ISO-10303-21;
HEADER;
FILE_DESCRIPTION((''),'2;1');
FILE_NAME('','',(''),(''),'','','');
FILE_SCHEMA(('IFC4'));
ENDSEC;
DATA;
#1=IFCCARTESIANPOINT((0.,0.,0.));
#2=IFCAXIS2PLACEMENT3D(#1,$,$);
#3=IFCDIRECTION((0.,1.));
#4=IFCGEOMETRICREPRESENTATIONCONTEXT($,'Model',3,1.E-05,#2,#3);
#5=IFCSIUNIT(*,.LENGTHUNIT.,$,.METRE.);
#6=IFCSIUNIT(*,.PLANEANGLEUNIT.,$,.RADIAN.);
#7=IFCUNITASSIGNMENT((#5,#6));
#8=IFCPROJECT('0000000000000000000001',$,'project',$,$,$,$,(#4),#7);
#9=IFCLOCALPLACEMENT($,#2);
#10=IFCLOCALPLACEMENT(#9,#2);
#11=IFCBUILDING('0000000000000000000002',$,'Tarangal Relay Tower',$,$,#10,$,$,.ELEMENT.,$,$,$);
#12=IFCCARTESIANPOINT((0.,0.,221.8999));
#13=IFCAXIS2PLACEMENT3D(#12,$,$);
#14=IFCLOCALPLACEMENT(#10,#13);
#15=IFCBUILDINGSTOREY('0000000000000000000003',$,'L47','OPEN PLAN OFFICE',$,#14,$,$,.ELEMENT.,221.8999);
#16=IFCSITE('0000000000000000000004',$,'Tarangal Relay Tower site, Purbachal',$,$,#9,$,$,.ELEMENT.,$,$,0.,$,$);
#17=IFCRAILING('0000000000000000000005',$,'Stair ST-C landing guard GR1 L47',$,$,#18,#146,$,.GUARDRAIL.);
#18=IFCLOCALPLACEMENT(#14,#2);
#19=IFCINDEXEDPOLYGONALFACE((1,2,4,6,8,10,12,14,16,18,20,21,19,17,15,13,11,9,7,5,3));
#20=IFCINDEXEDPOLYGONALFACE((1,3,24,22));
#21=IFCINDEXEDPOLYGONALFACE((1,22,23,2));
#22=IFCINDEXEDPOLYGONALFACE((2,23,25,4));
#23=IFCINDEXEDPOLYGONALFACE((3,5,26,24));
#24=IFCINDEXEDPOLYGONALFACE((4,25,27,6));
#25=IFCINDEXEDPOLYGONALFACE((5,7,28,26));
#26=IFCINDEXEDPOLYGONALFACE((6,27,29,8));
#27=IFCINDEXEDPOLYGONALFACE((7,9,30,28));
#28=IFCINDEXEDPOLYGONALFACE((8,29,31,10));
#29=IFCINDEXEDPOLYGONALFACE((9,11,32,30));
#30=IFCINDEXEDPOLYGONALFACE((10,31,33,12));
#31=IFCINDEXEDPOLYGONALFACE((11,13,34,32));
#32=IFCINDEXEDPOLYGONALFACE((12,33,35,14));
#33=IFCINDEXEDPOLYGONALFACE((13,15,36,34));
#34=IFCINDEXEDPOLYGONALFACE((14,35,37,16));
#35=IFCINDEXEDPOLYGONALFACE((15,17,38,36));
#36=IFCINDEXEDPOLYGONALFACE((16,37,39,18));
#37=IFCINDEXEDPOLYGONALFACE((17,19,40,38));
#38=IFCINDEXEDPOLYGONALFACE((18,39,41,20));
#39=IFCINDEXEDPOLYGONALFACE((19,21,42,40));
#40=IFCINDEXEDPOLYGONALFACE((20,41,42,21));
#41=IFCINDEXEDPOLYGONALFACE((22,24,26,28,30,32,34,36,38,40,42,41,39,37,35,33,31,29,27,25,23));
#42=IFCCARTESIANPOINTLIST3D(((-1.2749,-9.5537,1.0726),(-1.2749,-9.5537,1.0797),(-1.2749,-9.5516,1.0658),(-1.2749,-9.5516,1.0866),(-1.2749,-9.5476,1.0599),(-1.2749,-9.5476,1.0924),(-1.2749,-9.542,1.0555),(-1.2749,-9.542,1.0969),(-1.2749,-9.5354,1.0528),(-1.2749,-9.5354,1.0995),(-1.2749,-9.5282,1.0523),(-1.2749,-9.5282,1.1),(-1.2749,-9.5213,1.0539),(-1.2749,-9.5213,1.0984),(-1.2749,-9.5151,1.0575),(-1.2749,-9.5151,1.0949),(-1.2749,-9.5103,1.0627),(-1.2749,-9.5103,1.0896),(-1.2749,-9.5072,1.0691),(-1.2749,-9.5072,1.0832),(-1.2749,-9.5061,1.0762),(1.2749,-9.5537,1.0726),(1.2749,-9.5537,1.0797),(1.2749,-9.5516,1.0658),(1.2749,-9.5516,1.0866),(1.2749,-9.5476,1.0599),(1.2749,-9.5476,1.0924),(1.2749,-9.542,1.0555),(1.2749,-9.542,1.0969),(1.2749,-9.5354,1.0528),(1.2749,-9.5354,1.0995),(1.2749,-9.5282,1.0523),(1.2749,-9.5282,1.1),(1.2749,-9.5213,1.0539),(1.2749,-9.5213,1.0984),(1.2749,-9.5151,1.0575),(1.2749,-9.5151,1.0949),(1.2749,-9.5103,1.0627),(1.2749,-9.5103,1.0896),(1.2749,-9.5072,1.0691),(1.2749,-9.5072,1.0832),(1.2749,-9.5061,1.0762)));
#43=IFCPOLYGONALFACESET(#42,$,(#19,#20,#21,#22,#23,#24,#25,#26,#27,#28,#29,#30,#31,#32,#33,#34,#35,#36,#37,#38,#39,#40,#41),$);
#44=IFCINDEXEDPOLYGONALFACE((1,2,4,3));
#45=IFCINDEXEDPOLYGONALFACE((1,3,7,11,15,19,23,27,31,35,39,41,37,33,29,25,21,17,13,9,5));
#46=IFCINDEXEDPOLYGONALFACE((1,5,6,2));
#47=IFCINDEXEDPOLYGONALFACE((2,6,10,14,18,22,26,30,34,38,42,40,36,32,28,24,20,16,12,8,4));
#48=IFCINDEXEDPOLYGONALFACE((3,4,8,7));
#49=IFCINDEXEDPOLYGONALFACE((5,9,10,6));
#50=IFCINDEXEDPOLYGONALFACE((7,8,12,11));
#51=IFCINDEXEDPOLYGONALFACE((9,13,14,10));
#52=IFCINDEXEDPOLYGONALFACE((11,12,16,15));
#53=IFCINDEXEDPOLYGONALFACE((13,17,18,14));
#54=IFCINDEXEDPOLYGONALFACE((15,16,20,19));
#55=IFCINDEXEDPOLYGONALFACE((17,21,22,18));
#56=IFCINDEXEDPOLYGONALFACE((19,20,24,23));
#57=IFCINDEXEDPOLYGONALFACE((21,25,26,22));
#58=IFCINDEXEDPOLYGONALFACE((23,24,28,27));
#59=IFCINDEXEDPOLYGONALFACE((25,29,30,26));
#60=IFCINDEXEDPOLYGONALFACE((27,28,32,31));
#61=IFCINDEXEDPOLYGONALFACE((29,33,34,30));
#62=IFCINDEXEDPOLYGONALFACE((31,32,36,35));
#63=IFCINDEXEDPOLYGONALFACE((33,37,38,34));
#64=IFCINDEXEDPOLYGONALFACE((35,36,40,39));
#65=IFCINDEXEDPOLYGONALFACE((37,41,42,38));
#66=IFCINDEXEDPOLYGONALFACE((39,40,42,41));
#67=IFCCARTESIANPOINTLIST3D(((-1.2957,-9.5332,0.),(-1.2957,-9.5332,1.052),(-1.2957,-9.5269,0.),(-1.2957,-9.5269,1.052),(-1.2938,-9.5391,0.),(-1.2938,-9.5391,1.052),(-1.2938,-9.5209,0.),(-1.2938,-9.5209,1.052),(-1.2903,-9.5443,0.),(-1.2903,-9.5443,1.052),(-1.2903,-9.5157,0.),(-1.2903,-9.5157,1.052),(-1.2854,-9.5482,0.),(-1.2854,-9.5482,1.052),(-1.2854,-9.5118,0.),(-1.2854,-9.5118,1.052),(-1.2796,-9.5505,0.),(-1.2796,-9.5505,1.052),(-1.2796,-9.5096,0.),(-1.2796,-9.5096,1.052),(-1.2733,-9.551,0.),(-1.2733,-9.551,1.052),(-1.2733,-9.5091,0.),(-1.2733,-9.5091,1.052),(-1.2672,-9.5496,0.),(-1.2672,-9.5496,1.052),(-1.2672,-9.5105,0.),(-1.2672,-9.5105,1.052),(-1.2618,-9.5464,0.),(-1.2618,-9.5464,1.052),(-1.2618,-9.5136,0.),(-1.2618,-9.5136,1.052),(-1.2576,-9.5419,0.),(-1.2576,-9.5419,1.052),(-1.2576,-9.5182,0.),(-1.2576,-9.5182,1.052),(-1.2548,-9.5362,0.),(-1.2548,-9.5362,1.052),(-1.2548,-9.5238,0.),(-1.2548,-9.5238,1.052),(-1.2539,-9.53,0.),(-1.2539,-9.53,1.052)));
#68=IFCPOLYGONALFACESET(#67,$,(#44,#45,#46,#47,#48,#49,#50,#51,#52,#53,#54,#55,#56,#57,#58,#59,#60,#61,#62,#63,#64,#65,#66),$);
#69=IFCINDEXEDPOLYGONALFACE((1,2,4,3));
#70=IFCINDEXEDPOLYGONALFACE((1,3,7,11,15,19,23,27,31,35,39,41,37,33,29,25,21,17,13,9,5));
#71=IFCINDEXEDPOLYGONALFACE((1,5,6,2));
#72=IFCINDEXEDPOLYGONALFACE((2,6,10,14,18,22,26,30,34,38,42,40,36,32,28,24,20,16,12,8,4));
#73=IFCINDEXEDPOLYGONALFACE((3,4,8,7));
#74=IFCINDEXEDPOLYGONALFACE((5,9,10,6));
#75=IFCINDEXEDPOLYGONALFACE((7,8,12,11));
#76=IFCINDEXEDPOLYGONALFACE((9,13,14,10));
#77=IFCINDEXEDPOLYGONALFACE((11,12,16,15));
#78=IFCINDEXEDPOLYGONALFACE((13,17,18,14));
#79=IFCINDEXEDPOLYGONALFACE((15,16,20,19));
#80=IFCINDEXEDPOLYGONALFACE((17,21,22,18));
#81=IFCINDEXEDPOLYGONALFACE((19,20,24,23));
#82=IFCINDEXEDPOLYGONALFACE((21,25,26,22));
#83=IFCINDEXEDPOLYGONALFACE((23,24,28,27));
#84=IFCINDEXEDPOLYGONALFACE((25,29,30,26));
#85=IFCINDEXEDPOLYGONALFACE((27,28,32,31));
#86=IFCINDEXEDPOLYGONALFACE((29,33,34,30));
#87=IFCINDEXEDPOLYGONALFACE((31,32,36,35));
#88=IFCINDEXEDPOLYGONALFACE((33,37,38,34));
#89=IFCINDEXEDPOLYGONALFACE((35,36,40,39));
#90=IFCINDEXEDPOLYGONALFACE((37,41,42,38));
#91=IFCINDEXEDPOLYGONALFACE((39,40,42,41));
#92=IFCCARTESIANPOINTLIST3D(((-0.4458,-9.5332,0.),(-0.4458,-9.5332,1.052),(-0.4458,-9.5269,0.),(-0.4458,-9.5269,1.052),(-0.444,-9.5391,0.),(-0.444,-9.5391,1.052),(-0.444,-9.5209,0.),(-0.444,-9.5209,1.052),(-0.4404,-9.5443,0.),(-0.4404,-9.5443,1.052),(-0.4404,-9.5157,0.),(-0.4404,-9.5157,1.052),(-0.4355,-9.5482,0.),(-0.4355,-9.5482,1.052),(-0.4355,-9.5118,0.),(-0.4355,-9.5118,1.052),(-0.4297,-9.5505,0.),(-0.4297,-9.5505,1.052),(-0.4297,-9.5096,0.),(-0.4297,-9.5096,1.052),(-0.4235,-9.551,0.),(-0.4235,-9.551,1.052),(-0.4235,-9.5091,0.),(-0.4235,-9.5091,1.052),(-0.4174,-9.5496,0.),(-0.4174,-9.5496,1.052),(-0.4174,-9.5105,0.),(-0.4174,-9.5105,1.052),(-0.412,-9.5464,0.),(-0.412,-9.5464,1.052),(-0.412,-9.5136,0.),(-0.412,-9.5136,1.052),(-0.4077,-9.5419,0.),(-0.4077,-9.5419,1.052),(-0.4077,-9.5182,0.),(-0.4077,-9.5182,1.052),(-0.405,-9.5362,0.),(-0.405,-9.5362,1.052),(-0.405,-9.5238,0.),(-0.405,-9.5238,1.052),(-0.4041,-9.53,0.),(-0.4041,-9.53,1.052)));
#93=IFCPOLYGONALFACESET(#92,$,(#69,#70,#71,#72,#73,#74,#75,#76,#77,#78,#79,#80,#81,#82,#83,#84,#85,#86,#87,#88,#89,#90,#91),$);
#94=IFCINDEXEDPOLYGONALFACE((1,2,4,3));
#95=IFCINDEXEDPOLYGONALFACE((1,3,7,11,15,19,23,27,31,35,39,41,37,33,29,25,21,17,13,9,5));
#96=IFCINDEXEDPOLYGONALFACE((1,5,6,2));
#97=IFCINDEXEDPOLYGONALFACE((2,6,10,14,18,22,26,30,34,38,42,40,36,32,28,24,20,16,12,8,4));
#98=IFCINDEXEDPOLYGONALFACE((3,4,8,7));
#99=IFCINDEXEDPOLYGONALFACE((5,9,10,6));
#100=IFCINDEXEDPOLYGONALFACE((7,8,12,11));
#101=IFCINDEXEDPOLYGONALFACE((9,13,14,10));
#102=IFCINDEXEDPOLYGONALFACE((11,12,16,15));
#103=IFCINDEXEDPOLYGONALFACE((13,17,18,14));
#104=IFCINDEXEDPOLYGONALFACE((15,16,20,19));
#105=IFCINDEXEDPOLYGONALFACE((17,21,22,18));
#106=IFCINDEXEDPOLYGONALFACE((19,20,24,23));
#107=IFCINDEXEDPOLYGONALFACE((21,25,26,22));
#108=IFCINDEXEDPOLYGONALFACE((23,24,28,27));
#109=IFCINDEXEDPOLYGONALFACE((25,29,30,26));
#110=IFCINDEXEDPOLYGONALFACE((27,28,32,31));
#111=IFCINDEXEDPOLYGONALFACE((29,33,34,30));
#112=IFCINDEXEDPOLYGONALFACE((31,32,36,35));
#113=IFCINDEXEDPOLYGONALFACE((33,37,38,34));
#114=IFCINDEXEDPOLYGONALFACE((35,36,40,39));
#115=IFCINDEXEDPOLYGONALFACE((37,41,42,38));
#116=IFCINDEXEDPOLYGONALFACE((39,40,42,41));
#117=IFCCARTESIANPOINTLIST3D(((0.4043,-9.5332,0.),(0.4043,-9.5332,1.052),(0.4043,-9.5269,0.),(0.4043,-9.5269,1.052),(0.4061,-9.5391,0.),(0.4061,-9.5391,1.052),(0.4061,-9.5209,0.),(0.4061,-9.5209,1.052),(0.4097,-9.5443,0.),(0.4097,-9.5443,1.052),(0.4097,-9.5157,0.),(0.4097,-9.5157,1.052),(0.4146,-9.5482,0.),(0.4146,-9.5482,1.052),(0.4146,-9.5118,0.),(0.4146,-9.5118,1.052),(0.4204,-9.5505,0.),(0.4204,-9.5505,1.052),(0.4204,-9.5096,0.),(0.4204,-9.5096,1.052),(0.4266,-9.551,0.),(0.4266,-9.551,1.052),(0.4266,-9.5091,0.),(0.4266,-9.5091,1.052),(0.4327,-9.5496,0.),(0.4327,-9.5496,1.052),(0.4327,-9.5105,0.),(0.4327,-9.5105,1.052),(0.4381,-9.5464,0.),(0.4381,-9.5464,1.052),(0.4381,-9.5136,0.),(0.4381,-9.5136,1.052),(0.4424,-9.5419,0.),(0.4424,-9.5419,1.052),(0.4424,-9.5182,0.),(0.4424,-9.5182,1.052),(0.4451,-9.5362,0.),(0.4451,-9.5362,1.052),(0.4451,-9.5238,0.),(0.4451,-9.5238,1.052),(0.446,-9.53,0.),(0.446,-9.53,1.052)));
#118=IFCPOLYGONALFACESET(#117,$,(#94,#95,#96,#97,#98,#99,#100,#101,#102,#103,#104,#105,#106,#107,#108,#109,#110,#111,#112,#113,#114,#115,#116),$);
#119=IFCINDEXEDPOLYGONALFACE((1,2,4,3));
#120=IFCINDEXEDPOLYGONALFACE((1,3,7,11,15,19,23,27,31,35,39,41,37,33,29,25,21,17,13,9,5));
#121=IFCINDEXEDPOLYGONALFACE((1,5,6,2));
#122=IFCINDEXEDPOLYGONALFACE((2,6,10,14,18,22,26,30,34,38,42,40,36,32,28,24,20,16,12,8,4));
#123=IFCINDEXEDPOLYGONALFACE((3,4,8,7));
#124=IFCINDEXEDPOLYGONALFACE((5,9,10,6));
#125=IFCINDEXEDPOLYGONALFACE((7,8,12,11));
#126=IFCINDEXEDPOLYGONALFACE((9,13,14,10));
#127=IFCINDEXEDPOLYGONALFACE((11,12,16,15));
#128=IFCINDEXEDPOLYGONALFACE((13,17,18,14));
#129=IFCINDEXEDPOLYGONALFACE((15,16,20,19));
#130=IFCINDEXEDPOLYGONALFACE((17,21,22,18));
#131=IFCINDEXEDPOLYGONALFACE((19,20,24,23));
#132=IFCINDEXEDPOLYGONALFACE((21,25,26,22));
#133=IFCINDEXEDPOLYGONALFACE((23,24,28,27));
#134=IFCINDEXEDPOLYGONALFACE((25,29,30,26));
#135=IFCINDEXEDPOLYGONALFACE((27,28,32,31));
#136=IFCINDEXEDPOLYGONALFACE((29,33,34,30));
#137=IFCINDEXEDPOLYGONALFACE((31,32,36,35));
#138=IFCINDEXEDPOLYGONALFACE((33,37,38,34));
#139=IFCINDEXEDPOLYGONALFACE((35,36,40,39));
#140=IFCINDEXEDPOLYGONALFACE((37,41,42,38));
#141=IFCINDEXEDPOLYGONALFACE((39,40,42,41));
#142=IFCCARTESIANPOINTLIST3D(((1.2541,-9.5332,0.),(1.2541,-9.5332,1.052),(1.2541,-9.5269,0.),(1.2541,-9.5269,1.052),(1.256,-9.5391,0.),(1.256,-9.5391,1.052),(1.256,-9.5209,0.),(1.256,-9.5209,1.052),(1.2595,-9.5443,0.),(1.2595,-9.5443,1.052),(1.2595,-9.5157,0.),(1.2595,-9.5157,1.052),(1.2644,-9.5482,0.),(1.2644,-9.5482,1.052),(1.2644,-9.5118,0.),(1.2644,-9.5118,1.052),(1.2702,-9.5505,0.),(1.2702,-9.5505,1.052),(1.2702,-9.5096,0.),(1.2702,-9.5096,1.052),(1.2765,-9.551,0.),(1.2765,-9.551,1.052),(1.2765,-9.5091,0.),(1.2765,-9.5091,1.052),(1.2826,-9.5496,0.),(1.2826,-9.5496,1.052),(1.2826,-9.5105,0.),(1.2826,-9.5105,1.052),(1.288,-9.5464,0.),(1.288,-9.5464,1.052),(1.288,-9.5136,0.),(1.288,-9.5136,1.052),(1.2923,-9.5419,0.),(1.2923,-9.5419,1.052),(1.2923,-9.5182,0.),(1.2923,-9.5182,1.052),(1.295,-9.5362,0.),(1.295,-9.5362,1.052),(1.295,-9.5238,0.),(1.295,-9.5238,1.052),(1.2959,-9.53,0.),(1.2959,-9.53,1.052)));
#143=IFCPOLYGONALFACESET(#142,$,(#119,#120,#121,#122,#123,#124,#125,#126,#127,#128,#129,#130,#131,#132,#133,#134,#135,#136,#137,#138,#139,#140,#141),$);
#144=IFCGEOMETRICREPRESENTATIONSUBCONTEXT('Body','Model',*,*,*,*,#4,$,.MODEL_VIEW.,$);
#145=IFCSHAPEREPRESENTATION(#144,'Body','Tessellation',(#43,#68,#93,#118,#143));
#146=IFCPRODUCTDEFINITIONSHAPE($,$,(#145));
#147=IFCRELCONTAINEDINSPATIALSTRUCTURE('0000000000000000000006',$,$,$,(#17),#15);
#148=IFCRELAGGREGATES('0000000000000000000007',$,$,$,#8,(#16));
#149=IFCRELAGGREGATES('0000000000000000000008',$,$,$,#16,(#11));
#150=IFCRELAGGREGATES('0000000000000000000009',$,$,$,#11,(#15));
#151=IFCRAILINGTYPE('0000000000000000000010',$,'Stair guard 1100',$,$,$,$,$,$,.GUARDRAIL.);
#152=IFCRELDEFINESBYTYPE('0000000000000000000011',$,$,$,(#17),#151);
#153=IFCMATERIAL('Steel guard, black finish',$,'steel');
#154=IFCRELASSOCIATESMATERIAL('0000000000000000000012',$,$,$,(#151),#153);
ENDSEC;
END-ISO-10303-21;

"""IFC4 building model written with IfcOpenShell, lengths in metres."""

from ifc_helpers import new_model, si_unit, direction, frame, origin, origin_2d, place, context, subcontext, project, spatial, circle, extrude, material, type_object, element, save


model = new_model("IFC4")

# Units and contexts
model_context = context("Model", 3, precision=1e-05, world=origin(), true_north=direction((0.0, 1.0)))
body_context = subcontext(model_context, "Body", "Model", "MODEL_VIEW")
ifc_project = project(units=[si_unit("LENGTHUNIT", "METRE"), si_unit("PLANEANGLEUNIT", "RADIAN")], contexts=[model_context])

# Site, building, storey
site_placement = place(None, origin())
site = spatial("IfcSite", under=ifc_project, at=site_placement, Name="Tarangal Relay Tower site, Purbachal", CompositionType="ELEMENT", RefElevation=0.0)
building_placement = place(site_placement, origin())
building = spatial("IfcBuilding", under=site, at=building_placement, Name="Tarangal Relay Tower", CompositionType="ELEMENT")
storey_placement = place(building_placement, frame((0.0, 0.0, 221.8999)))
storey = spatial("IfcBuildingStorey", under=building, at=storey_placement, Name="L47", Description="OPEN PLAN OFFICE", CompositionType="ELEMENT", Elevation=221.8999)

# Railing
ifc_material_1 = material(Name="Steel guard, black finish", Category="steel")
railing_type_1 = type_object("IfcRailingType", Name="Stair guard 1100", PredefinedType="GUARDRAIL", material=ifc_material_1)
for number, where, name in (
    (1, (-1.2749, -9.53, 0.0), "Stair ST-C landing guard GR1 L47"),
):
    element("IfcRailing", number, at=place(storey_placement, frame(where)), inside=storey, type_object=railing_type_1, Name=name, PredefinedType="GUARDRAIL", context=body_context, shape_type="SweptSolid", body=[
        extrude(circle(Radius=0.0239, at=origin_2d()), frame((0.0, 0.0, 1.0762), z_axis=(1.0, 0.0, 0.0), x_axis=(0.0, 1.0, 0.0)), (0.0, 0.0, 1.0), 2.5498),
        extrude(circle(Radius=0.021, at=origin_2d()), origin(), (0.0, 0.0, 1.0), 1.052),
        extrude(circle(Radius=0.021, at=origin_2d()), frame((0.8499, 0.0, 0.0)), (0.0, 0.0, 1.0), 1.052),
        extrude(circle(Radius=0.021, at=origin_2d()), frame((1.7, 0.0, 0.0)), (0.0, 0.0, 1.0), 1.052),
        extrude(circle(Radius=0.021, at=origin_2d()), frame((2.5498, 0.0, 0.0)), (0.0, 0.0, 1.0), 1.052),
    ])

save(model, "model.ifc")
